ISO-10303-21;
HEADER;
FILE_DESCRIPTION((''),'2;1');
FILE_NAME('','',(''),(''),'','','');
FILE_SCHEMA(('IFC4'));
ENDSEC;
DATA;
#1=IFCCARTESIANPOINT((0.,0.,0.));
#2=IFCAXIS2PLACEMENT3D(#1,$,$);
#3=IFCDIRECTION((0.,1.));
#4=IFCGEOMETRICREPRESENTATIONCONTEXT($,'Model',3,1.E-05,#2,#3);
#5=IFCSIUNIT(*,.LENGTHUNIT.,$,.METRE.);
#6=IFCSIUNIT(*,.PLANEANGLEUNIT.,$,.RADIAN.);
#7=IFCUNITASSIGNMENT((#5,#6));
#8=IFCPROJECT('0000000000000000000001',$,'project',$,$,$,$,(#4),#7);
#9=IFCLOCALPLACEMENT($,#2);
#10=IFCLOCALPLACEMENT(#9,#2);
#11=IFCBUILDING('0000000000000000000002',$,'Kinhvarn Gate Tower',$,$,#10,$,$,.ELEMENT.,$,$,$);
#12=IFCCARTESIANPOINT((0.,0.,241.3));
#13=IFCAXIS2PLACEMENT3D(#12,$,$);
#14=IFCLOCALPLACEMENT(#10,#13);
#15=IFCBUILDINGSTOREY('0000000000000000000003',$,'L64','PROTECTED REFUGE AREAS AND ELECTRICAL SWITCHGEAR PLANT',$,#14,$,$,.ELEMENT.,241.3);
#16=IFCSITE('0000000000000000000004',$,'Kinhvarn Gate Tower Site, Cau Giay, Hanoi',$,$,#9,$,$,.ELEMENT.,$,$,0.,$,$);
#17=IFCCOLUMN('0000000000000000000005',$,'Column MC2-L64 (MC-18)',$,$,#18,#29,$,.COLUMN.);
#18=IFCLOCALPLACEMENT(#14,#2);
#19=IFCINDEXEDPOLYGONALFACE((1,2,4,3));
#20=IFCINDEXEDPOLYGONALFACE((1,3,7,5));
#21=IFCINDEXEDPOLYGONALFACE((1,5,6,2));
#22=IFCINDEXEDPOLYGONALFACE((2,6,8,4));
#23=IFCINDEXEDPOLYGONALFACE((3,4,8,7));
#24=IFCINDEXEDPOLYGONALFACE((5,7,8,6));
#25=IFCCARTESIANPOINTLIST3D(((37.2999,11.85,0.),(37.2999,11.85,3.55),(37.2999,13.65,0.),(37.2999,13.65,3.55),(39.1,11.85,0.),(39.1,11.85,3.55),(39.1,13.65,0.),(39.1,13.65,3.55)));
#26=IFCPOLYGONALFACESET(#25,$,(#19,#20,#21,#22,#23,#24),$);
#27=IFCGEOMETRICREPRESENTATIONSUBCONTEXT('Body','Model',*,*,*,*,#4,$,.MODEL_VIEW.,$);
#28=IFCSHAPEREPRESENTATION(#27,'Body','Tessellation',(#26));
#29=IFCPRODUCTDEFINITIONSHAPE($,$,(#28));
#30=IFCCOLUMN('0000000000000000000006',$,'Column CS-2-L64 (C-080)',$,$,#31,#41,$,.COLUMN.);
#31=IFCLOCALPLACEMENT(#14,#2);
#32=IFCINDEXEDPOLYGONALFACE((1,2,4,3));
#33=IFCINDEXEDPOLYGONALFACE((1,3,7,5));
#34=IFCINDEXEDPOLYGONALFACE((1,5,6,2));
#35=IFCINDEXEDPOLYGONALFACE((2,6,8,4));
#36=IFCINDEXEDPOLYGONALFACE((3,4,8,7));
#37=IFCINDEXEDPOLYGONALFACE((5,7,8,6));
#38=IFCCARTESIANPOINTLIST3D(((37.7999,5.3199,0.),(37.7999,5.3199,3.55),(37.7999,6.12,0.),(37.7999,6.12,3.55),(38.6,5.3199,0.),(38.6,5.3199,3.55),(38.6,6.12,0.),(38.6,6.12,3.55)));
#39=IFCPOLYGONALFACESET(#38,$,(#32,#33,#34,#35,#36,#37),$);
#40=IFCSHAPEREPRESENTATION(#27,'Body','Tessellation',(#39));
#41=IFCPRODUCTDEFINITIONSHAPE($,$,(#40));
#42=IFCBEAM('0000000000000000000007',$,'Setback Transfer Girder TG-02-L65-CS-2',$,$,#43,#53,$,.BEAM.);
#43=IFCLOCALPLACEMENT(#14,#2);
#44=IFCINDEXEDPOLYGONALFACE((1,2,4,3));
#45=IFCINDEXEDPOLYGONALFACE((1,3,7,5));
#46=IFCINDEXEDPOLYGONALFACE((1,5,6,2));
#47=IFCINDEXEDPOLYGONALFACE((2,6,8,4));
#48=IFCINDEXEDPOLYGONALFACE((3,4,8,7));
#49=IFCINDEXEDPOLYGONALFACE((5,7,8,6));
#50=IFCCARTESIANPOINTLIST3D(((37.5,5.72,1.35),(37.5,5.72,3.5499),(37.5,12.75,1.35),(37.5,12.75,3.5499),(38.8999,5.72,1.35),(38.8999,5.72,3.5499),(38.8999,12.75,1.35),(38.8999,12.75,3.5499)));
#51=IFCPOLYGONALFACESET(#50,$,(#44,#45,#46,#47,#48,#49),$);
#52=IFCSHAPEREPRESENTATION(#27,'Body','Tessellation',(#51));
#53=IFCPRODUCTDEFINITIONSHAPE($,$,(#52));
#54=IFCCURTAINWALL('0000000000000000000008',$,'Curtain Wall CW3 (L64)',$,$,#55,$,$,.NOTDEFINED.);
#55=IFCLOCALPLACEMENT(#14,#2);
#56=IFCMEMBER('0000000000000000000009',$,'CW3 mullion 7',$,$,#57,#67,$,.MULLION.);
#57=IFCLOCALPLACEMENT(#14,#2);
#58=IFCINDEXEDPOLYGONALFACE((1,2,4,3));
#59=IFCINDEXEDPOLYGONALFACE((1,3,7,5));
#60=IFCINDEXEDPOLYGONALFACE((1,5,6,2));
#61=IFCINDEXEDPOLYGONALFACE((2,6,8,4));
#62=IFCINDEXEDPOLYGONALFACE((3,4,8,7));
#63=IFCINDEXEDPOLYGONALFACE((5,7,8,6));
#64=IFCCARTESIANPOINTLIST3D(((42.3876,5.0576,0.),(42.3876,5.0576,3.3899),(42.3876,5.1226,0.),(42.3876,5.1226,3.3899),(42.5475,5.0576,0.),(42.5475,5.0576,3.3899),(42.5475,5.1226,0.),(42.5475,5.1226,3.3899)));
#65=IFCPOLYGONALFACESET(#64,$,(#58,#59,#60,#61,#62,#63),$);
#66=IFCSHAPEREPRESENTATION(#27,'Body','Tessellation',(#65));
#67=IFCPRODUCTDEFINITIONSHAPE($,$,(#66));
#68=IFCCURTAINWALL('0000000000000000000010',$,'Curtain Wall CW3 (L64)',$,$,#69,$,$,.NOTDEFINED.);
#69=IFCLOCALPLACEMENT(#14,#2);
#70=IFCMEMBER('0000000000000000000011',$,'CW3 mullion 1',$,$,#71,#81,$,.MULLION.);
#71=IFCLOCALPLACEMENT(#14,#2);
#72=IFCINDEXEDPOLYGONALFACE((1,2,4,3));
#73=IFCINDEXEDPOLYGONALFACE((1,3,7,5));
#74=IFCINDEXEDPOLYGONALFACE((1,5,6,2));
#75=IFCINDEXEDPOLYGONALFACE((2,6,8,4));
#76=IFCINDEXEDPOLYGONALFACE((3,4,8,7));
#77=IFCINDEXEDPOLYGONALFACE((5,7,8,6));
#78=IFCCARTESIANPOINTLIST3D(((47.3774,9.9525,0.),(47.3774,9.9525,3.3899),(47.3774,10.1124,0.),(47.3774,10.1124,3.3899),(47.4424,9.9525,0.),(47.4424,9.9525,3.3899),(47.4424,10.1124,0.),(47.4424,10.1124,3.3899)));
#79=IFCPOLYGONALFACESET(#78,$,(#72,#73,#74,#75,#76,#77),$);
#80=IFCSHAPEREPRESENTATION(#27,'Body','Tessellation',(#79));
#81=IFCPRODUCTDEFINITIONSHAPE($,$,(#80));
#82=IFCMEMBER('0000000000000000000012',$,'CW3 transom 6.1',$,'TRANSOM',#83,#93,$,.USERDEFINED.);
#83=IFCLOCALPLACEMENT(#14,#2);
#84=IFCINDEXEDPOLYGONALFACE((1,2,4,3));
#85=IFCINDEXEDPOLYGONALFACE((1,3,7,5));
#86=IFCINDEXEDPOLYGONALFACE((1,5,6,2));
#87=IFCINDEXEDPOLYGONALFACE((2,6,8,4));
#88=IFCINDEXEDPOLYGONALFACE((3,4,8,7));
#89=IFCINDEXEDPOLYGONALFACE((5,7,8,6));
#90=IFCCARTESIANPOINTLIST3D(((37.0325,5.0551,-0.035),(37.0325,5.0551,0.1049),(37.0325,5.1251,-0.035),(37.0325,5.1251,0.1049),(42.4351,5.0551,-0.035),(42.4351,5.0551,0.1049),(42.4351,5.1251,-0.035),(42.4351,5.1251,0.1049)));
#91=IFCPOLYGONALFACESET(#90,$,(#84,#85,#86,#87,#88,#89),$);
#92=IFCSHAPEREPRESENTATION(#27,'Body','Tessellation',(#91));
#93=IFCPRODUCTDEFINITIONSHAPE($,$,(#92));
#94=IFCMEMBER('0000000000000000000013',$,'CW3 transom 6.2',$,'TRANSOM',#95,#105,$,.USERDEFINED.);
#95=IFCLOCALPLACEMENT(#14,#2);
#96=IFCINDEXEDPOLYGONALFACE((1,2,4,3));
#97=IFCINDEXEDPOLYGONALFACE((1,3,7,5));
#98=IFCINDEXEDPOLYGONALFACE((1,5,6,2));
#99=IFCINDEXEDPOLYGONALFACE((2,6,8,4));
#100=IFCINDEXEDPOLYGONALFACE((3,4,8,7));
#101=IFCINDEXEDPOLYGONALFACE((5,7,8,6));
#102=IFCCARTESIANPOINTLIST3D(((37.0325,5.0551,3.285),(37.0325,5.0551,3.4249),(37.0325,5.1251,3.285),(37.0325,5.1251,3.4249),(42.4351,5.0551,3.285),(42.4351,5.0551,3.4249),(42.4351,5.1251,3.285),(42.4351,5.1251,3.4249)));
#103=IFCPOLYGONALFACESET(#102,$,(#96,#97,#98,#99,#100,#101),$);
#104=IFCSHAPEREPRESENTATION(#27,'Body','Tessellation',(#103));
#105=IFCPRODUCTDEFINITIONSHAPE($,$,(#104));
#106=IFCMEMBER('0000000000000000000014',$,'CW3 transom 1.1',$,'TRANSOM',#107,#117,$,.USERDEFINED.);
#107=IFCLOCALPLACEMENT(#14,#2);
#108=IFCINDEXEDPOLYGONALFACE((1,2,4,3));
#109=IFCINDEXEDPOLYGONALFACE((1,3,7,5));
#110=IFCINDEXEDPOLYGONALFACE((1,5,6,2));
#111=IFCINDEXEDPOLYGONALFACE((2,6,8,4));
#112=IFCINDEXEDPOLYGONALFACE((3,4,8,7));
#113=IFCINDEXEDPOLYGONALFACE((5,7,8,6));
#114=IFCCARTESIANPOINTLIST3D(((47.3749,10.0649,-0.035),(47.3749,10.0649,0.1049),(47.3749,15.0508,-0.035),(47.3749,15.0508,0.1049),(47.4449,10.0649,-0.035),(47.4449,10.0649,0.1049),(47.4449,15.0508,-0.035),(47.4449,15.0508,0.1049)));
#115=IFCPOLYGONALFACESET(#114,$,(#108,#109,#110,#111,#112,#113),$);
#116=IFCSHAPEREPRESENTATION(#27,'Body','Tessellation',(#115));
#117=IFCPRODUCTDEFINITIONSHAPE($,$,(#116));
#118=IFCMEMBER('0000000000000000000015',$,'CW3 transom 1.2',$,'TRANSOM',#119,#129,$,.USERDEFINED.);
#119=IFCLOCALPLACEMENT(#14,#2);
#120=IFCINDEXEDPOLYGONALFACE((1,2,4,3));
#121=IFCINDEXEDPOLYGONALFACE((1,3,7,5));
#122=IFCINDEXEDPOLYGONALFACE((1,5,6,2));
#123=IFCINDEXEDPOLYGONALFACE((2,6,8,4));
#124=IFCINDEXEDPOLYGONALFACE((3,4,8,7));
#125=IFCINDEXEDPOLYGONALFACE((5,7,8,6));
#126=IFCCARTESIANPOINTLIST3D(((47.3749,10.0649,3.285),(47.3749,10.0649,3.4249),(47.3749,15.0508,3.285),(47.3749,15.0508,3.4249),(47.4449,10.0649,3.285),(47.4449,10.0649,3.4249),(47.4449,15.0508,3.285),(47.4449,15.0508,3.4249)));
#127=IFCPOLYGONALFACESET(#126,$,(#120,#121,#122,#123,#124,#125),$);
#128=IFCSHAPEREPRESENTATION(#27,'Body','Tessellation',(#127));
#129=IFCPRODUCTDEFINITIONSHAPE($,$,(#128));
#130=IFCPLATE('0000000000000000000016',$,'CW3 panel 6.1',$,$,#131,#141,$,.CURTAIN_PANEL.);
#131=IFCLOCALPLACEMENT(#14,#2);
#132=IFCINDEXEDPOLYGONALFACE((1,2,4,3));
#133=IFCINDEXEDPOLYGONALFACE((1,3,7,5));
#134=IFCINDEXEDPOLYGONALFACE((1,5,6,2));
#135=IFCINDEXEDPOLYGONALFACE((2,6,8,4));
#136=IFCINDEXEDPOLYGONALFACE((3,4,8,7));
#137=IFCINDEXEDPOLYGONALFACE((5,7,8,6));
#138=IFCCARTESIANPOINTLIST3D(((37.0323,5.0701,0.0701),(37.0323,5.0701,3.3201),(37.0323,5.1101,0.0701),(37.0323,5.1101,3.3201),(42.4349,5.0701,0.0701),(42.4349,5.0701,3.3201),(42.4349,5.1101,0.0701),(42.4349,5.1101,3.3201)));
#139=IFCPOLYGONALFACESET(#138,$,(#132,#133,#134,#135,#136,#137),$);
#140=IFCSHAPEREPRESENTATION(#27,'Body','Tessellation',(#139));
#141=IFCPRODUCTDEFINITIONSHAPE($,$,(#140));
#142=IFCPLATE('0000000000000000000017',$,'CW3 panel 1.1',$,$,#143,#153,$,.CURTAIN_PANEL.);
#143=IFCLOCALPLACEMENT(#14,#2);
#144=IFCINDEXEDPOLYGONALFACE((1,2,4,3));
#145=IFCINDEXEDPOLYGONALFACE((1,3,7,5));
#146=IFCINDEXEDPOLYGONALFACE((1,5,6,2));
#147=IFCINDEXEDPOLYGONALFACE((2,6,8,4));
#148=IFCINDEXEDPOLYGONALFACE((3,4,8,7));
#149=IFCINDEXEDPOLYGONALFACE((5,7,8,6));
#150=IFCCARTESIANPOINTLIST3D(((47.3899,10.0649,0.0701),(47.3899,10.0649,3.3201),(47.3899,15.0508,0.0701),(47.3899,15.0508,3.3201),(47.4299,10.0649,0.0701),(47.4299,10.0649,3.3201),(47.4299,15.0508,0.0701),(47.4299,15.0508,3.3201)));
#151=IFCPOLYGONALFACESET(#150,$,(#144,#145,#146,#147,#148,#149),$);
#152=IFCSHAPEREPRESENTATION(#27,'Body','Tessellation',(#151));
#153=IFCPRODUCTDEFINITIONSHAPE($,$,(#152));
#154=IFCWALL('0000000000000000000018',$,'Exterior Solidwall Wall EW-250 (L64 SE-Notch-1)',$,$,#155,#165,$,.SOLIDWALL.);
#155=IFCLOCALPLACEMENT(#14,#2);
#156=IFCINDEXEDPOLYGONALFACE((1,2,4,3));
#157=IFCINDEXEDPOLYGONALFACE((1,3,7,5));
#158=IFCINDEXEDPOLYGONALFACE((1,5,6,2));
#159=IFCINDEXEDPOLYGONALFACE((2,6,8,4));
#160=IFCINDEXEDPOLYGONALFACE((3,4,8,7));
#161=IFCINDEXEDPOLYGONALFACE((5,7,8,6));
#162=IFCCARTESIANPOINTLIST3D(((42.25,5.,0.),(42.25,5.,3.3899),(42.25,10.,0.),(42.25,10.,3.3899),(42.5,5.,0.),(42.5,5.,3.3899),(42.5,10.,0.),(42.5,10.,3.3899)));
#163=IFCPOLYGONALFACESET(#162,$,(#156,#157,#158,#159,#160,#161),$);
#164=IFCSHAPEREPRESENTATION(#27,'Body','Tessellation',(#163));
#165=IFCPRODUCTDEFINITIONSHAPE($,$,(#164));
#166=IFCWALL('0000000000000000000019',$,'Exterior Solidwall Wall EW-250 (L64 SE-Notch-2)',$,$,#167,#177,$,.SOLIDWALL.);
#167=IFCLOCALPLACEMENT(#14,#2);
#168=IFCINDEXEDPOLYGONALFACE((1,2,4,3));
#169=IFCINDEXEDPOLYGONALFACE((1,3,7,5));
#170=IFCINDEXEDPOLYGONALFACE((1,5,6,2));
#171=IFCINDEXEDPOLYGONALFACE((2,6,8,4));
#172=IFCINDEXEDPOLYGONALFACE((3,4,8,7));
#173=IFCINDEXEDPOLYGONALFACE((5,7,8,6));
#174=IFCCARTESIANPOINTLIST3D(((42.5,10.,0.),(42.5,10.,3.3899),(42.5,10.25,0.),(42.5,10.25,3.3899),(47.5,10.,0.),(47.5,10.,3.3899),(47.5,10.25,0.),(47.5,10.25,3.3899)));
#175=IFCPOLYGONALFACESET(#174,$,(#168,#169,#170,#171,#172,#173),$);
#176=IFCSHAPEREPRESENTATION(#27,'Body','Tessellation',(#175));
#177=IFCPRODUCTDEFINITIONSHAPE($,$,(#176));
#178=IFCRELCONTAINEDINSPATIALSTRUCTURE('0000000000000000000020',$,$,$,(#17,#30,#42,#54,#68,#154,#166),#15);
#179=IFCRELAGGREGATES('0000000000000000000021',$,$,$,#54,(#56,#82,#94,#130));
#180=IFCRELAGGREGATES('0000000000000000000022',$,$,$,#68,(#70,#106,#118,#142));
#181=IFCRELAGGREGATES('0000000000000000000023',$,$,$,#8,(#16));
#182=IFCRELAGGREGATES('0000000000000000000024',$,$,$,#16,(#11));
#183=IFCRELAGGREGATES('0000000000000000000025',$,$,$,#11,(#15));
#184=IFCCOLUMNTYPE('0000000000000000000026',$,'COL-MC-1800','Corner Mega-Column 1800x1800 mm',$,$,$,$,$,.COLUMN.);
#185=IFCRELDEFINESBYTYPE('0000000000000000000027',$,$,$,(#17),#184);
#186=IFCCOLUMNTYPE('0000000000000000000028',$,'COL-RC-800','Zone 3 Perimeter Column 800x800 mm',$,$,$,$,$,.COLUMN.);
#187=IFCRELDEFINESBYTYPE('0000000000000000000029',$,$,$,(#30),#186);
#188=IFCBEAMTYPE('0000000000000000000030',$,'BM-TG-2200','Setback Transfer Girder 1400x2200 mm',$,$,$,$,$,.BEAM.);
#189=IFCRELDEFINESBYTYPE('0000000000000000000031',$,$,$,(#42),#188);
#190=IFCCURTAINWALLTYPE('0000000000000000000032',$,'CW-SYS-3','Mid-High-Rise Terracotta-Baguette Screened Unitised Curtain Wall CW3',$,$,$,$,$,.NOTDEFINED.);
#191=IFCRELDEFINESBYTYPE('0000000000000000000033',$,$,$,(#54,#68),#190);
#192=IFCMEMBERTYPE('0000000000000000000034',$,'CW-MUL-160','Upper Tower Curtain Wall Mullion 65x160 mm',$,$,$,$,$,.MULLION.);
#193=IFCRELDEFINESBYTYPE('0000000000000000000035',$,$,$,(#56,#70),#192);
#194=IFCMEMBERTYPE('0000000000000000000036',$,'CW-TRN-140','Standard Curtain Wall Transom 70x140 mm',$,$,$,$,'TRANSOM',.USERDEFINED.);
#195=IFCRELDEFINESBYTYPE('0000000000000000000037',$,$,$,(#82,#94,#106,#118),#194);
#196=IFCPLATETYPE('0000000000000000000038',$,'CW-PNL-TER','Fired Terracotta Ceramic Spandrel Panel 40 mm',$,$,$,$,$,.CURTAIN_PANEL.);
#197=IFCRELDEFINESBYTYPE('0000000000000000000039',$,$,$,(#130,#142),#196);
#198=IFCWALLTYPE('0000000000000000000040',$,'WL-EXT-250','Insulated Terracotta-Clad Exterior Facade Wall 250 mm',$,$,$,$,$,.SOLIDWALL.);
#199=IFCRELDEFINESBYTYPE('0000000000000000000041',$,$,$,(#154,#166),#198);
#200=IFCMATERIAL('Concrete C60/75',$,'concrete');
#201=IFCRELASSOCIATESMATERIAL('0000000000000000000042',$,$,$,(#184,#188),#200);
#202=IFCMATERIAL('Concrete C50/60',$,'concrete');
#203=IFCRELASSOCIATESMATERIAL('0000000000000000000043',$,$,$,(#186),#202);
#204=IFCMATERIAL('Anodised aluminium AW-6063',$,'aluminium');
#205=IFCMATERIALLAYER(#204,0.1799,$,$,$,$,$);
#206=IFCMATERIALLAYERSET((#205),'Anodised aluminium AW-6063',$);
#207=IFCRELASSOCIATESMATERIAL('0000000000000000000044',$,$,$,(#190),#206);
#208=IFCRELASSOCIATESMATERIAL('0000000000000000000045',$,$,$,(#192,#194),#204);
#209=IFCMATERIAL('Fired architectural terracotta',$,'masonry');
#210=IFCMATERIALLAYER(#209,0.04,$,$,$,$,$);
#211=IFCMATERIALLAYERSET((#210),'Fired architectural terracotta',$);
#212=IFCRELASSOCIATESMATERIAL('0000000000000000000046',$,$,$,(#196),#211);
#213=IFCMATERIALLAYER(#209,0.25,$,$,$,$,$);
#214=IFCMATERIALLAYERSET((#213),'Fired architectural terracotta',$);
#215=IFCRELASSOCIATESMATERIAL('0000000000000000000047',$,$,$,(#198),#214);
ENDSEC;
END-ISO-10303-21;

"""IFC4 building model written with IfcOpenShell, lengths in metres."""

from ifc_helpers import new_model, si_unit, direction, frame, frame_2d, origin, origin_2d, place, context, subcontext, project, spatial, rectangle, extrude, material, layer, layer_set, material_profile, profile_set, type_object, element, aggregate, save


model = new_model("IFC4")

# Units and contexts
model_context = context("Model", 3, precision=1e-05, world=origin(), true_north=direction((0.0, 1.0)))
body_context = subcontext(model_context, "Body", "Model", "MODEL_VIEW")
ifc_project = project(units=[si_unit("LENGTHUNIT", "METRE"), si_unit("PLANEANGLEUNIT", "RADIAN")], contexts=[model_context])

# Site, building, storey
site_placement = place(None, origin())
site = spatial("IfcSite", under=ifc_project, at=site_placement, Name="Kinhvarn Gate Tower Site, Cau Giay, Hanoi", CompositionType="ELEMENT", RefElevation=0.0)
building_placement = place(site_placement, origin())
building = spatial("IfcBuilding", under=site, at=building_placement, Name="Kinhvarn Gate Tower", CompositionType="ELEMENT")
storey_placement = place(building_placement, frame((0.0, 0.0, 241.3)))
storey = spatial("IfcBuildingStorey", under=building, at=storey_placement, Name="L64", Description="PROTECTED REFUGE AREAS AND ELECTRICAL SWITCHGEAR PLANT", CompositionType="ELEMENT", Elevation=241.3)

# Columns
ifc_material_1 = material(Name="Concrete C60/75", Category="concrete")
ifc_material_profile_1 = material_profile(ifc_material_1, rectangle(XDim=1.8, YDim=1.8, at=origin_2d()), Name="RC 1800x1800")
ifc_profile_set_1 = profile_set([ifc_material_profile_1], Name="Concrete C60/75")
column_type_1 = type_object("IfcColumnType", Name="COL-MC-1800", Description="Corner Mega-Column 1800x1800 mm", PredefinedType="COLUMN", material=ifc_profile_set_1)
column_1_placement = place(storey_placement, frame((38.2, 12.75, 0.0), z_axis=(0.0, 0.0, 1.0), x_axis=(1.0, 0.0, 0.0)))
element("IfcColumn", 1, at=column_1_placement, inside=storey, type_object=column_type_1, Name="Column MC2-L64 (MC-18)", PredefinedType="COLUMN", context=body_context, shape_type="SweptSolid", body=[
    extrude(rectangle(XDim=1.8, YDim=1.8, at=origin_2d()), origin(), (0.0, 0.0, 1.0), 3.55),
])
ifc_material_2 = material(Name="Concrete C50/60", Category="concrete")
ifc_material_profile_2 = material_profile(ifc_material_2, rectangle(XDim=0.8, YDim=0.8, at=origin_2d()), Name="RC 800x800")
ifc_profile_set_2 = profile_set([ifc_material_profile_2], Name="Concrete C50/60")
column_type_2 = type_object("IfcColumnType", Name="COL-RC-800", Description="Zone 3 Perimeter Column 800x800 mm", PredefinedType="COLUMN", material=ifc_profile_set_2)
column_2_placement = place(storey_placement, frame((38.2, 5.72, 0.0), z_axis=(0.0, 0.0, 1.0), x_axis=(1.0, 0.0, 0.0)))
element("IfcColumn", 2, at=column_2_placement, inside=storey, type_object=column_type_2, Name="Column CS-2-L64 (C-080)", PredefinedType="COLUMN", context=body_context, shape_type="SweptSolid", body=[
    extrude(rectangle(XDim=0.8, YDim=0.8, at=origin_2d()), origin(), (0.0, 0.0, 1.0), 3.55),
])

# Beam
ifc_material_profile_3 = material_profile(ifc_material_1, rectangle(XDim=1.3999, YDim=2.2, at=origin_2d()), Name="RC 1400x2200")
ifc_profile_set_3 = profile_set([ifc_material_profile_3], Name="Concrete C60/75")
beam_type = type_object("IfcBeamType", Name="BM-TG-2200", Description="Setback Transfer Girder 1400x2200 mm", PredefinedType="BEAM", material=ifc_profile_set_3)
beam_placement = place(storey_placement, frame((38.2, 5.72, 2.45), z_axis=(0.0, 1.0, 0.0), x_axis=(-1.0, 0.0, 0.0)))
element("IfcBeam", 3, at=beam_placement, inside=storey, type_object=beam_type, Name="Setback Transfer Girder TG-02-L65-CS-2", PredefinedType="BEAM", context=body_context, shape_type="SweptSolid", body=[
    extrude(rectangle(XDim=1.3999, YDim=2.2, at=origin_2d()), origin(), (0.0, 0.0, 1.0), 7.03),
])

# Curtain walls, members
ifc_material_3 = material(Name="Anodised aluminium AW-6063", Category="aluminium")
ifc_layer_1 = layer(ifc_material_3, 0.1799)
ifc_layer_set_1 = layer_set([ifc_layer_1], Name="Anodised aluminium AW-6063")
curtain_wall_type = type_object("IfcCurtainWallType", Name="CW-SYS-3", Description="Mid-High-Rise Terracotta-Baguette Screened Unitised Curtain Wall CW3", PredefinedType="NOTDEFINED", material=ifc_layer_set_1)
curtain_wall_1_placement = place(storey_placement, origin())
curtain_wall_1 = element("IfcCurtainWall", 4, at=curtain_wall_1_placement, inside=storey, type_object=curtain_wall_type, Name="Curtain Wall CW3 (L64)", PredefinedType="NOTDEFINED")
ifc_material_profile_4 = material_profile(ifc_material_3, rectangle(XDim=0.0649, YDim=0.1599, at=origin_2d()), Name="ALU 65x160")
ifc_profile_set_4 = profile_set([ifc_material_profile_4], Name="Anodised aluminium AW-6063")
member_type_1 = type_object("IfcMemberType", Name="CW-MUL-160", Description="Upper Tower Curtain Wall Mullion 65x160 mm", PredefinedType="MULLION", material=ifc_profile_set_4)
member_1_placement = place(storey_placement, frame((42.4675, 5.0901, 0.0), z_axis=(0.0, 0.0, 1.0), x_axis=(0.0, 1.0, 0.0)))
member_1 = element("IfcMember", 5, at=member_1_placement, type_object=member_type_1, Name="CW3 mullion 7", PredefinedType="MULLION", context=body_context, shape_type="SweptSolid", body=[
    extrude(rectangle(XDim=0.0649, YDim=0.1599, at=origin_2d()), origin(), (0.0, 0.0, 1.0), 3.3899),
])
curtain_wall_2_placement = place(storey_placement, origin())
curtain_wall_2 = element("IfcCurtainWall", 6, at=curtain_wall_2_placement, inside=storey, type_object=curtain_wall_type, Name="Curtain Wall CW3 (L64)", PredefinedType="NOTDEFINED")
member_2_placement = place(storey_placement, frame((47.4099, 10.0325, 0.0), z_axis=(0.0, 0.0, 1.0), x_axis=(-1.0, 0.0, 0.0)))
member_2 = element("IfcMember", 7, at=member_2_placement, type_object=member_type_1, Name="CW3 mullion 1", PredefinedType="MULLION", context=body_context, shape_type="SweptSolid", body=[
    extrude(rectangle(XDim=0.0649, YDim=0.1599, at=origin_2d()), origin(), (0.0, 0.0, 1.0), 3.3899),
])

# Members
ifc_material_profile_5 = material_profile(ifc_material_3, rectangle(XDim=0.0701, YDim=0.1399, at=origin_2d()), Name="ALU 70x140")
ifc_profile_set_5 = profile_set([ifc_material_profile_5], Name="Anodised aluminium AW-6063")
member_type_2 = type_object("IfcMemberType", Name="CW-TRN-140", Description="Standard Curtain Wall Transom 70x140 mm", ElementType="TRANSOM", PredefinedType="USERDEFINED", material=ifc_profile_set_5)
member_3_placement = place(storey_placement, frame((37.0325, 5.0901, 0.0349), z_axis=(1.0, 0.0, 0.0), x_axis=(0.0, 1.0, 0.0)))
member_3 = element("IfcMember", 8, at=member_3_placement, type_object=member_type_2, Name="CW3 transom 6.1", ObjectType="TRANSOM", PredefinedType="USERDEFINED", context=body_context, shape_type="SweptSolid", body=[
    extrude(rectangle(XDim=0.0701, YDim=0.1399, at=origin_2d()), origin(), (0.0, 0.0, 1.0), 5.4026),
])
member_4_placement = place(storey_placement, frame((37.0325, 5.0901, 3.355), z_axis=(1.0, 0.0, 0.0), x_axis=(0.0, 1.0, 0.0)))
member_4 = element("IfcMember", 9, at=member_4_placement, type_object=member_type_2, Name="CW3 transom 6.2", ObjectType="TRANSOM", PredefinedType="USERDEFINED", context=body_context, shape_type="SweptSolid", body=[
    extrude(rectangle(XDim=0.0701, YDim=0.1399, at=origin_2d()), origin(), (0.0, 0.0, 1.0), 5.4026),
])
member_5_placement = place(storey_placement, frame((47.4099, 10.0649, 0.0349), z_axis=(0.0, 1.0, 0.0), x_axis=(-1.0, 0.0, 0.0)))
member_5 = element("IfcMember", 10, at=member_5_placement, type_object=member_type_2, Name="CW3 transom 1.1", ObjectType="TRANSOM", PredefinedType="USERDEFINED", context=body_context, shape_type="SweptSolid", body=[
    extrude(rectangle(XDim=0.0701, YDim=0.1399, at=origin_2d()), origin(), (0.0, 0.0, 1.0), 4.9858),
])
member_6_placement = place(storey_placement, frame((47.4099, 10.0649, 3.355), z_axis=(0.0, 1.0, 0.0), x_axis=(-1.0, 0.0, 0.0)))
member_6 = element("IfcMember", 11, at=member_6_placement, type_object=member_type_2, Name="CW3 transom 1.2", ObjectType="TRANSOM", PredefinedType="USERDEFINED", context=body_context, shape_type="SweptSolid", body=[
    extrude(rectangle(XDim=0.0701, YDim=0.1399, at=origin_2d()), origin(), (0.0, 0.0, 1.0), 4.9858),
])

# Plates
ifc_material_4 = material(Name="Fired architectural terracotta", Category="masonry")
ifc_layer_2 = layer(ifc_material_4, 0.04)
ifc_layer_set_2 = layer_set([ifc_layer_2], Name="Fired architectural terracotta")
plate_type = type_object("IfcPlateType", Name="CW-PNL-TER", Description="Fired Terracotta Ceramic Spandrel Panel 40 mm", PredefinedType="CURTAIN_PANEL", material=ifc_layer_set_2)
plate_1_placement = place(storey_placement, frame((39.7336, 5.0901, 0.0701), z_axis=(0.0, 0.0, 1.0), x_axis=(1.0, 0.0, 0.0)))
plate_1 = element("IfcPlate", 12, at=plate_1_placement, type_object=plate_type, Name="CW3 panel 6.1", PredefinedType="CURTAIN_PANEL", context=body_context, shape_type="SweptSolid", body=[
    extrude(rectangle(XDim=5.4026, YDim=0.04, at=origin_2d()), origin(), (0.0, 0.0, 1.0), 3.25),
])
aggregate(curtain_wall_1, [member_1, member_3, member_4, plate_1])
plate_2_placement = place(storey_placement, frame((47.4099, 12.5579, 0.0701), z_axis=(0.0, 0.0, 1.0), x_axis=(0.0, 1.0, 0.0)))
plate_2 = element("IfcPlate", 13, at=plate_2_placement, type_object=plate_type, Name="CW3 panel 1.1", PredefinedType="CURTAIN_PANEL", context=body_context, shape_type="SweptSolid", body=[
    extrude(rectangle(XDim=4.9858, YDim=0.04, at=origin_2d()), origin(), (0.0, 0.0, 1.0), 3.25),
])
aggregate(curtain_wall_2, [member_2, member_5, member_6, plate_2])

# Walls
ifc_layer_3 = layer(ifc_material_4, 0.25)
ifc_layer_set_3 = layer_set([ifc_layer_3], Name="Fired architectural terracotta")
wall_type = type_object("IfcWallType", Name="WL-EXT-250", Description="Insulated Terracotta-Clad Exterior Facade Wall 250 mm", PredefinedType="SOLIDWALL", material=ifc_layer_set_3)
for number, where, z_axis, x_axis, name in (
    (14, (42.375, 5.0, 0.0), (0.0, 0.0, 1.0), (0.0, 1.0, 0.0), "Exterior Solidwall Wall EW-250 (L64 SE-Notch-1)"),
    (15, (42.5, 10.125, 0.0), (0.0, 0.0, 1.0), (1.0, 0.0, 0.0), "Exterior Solidwall Wall EW-250 (L64 SE-Notch-2)"),
):
    element("IfcWall", number, at=place(storey_placement, frame(where, z_axis=z_axis, x_axis=x_axis)), inside=storey, type_object=wall_type, Name=name, PredefinedType="SOLIDWALL", context=body_context, shape_type="SweptSolid", body=[
        extrude(rectangle(XDim=5.0, YDim=0.25, at=frame_2d((2.5, 0.0))), origin(), (0.0, 0.0, 1.0), 3.3899),
    ])

save(model, "model.ifc")
